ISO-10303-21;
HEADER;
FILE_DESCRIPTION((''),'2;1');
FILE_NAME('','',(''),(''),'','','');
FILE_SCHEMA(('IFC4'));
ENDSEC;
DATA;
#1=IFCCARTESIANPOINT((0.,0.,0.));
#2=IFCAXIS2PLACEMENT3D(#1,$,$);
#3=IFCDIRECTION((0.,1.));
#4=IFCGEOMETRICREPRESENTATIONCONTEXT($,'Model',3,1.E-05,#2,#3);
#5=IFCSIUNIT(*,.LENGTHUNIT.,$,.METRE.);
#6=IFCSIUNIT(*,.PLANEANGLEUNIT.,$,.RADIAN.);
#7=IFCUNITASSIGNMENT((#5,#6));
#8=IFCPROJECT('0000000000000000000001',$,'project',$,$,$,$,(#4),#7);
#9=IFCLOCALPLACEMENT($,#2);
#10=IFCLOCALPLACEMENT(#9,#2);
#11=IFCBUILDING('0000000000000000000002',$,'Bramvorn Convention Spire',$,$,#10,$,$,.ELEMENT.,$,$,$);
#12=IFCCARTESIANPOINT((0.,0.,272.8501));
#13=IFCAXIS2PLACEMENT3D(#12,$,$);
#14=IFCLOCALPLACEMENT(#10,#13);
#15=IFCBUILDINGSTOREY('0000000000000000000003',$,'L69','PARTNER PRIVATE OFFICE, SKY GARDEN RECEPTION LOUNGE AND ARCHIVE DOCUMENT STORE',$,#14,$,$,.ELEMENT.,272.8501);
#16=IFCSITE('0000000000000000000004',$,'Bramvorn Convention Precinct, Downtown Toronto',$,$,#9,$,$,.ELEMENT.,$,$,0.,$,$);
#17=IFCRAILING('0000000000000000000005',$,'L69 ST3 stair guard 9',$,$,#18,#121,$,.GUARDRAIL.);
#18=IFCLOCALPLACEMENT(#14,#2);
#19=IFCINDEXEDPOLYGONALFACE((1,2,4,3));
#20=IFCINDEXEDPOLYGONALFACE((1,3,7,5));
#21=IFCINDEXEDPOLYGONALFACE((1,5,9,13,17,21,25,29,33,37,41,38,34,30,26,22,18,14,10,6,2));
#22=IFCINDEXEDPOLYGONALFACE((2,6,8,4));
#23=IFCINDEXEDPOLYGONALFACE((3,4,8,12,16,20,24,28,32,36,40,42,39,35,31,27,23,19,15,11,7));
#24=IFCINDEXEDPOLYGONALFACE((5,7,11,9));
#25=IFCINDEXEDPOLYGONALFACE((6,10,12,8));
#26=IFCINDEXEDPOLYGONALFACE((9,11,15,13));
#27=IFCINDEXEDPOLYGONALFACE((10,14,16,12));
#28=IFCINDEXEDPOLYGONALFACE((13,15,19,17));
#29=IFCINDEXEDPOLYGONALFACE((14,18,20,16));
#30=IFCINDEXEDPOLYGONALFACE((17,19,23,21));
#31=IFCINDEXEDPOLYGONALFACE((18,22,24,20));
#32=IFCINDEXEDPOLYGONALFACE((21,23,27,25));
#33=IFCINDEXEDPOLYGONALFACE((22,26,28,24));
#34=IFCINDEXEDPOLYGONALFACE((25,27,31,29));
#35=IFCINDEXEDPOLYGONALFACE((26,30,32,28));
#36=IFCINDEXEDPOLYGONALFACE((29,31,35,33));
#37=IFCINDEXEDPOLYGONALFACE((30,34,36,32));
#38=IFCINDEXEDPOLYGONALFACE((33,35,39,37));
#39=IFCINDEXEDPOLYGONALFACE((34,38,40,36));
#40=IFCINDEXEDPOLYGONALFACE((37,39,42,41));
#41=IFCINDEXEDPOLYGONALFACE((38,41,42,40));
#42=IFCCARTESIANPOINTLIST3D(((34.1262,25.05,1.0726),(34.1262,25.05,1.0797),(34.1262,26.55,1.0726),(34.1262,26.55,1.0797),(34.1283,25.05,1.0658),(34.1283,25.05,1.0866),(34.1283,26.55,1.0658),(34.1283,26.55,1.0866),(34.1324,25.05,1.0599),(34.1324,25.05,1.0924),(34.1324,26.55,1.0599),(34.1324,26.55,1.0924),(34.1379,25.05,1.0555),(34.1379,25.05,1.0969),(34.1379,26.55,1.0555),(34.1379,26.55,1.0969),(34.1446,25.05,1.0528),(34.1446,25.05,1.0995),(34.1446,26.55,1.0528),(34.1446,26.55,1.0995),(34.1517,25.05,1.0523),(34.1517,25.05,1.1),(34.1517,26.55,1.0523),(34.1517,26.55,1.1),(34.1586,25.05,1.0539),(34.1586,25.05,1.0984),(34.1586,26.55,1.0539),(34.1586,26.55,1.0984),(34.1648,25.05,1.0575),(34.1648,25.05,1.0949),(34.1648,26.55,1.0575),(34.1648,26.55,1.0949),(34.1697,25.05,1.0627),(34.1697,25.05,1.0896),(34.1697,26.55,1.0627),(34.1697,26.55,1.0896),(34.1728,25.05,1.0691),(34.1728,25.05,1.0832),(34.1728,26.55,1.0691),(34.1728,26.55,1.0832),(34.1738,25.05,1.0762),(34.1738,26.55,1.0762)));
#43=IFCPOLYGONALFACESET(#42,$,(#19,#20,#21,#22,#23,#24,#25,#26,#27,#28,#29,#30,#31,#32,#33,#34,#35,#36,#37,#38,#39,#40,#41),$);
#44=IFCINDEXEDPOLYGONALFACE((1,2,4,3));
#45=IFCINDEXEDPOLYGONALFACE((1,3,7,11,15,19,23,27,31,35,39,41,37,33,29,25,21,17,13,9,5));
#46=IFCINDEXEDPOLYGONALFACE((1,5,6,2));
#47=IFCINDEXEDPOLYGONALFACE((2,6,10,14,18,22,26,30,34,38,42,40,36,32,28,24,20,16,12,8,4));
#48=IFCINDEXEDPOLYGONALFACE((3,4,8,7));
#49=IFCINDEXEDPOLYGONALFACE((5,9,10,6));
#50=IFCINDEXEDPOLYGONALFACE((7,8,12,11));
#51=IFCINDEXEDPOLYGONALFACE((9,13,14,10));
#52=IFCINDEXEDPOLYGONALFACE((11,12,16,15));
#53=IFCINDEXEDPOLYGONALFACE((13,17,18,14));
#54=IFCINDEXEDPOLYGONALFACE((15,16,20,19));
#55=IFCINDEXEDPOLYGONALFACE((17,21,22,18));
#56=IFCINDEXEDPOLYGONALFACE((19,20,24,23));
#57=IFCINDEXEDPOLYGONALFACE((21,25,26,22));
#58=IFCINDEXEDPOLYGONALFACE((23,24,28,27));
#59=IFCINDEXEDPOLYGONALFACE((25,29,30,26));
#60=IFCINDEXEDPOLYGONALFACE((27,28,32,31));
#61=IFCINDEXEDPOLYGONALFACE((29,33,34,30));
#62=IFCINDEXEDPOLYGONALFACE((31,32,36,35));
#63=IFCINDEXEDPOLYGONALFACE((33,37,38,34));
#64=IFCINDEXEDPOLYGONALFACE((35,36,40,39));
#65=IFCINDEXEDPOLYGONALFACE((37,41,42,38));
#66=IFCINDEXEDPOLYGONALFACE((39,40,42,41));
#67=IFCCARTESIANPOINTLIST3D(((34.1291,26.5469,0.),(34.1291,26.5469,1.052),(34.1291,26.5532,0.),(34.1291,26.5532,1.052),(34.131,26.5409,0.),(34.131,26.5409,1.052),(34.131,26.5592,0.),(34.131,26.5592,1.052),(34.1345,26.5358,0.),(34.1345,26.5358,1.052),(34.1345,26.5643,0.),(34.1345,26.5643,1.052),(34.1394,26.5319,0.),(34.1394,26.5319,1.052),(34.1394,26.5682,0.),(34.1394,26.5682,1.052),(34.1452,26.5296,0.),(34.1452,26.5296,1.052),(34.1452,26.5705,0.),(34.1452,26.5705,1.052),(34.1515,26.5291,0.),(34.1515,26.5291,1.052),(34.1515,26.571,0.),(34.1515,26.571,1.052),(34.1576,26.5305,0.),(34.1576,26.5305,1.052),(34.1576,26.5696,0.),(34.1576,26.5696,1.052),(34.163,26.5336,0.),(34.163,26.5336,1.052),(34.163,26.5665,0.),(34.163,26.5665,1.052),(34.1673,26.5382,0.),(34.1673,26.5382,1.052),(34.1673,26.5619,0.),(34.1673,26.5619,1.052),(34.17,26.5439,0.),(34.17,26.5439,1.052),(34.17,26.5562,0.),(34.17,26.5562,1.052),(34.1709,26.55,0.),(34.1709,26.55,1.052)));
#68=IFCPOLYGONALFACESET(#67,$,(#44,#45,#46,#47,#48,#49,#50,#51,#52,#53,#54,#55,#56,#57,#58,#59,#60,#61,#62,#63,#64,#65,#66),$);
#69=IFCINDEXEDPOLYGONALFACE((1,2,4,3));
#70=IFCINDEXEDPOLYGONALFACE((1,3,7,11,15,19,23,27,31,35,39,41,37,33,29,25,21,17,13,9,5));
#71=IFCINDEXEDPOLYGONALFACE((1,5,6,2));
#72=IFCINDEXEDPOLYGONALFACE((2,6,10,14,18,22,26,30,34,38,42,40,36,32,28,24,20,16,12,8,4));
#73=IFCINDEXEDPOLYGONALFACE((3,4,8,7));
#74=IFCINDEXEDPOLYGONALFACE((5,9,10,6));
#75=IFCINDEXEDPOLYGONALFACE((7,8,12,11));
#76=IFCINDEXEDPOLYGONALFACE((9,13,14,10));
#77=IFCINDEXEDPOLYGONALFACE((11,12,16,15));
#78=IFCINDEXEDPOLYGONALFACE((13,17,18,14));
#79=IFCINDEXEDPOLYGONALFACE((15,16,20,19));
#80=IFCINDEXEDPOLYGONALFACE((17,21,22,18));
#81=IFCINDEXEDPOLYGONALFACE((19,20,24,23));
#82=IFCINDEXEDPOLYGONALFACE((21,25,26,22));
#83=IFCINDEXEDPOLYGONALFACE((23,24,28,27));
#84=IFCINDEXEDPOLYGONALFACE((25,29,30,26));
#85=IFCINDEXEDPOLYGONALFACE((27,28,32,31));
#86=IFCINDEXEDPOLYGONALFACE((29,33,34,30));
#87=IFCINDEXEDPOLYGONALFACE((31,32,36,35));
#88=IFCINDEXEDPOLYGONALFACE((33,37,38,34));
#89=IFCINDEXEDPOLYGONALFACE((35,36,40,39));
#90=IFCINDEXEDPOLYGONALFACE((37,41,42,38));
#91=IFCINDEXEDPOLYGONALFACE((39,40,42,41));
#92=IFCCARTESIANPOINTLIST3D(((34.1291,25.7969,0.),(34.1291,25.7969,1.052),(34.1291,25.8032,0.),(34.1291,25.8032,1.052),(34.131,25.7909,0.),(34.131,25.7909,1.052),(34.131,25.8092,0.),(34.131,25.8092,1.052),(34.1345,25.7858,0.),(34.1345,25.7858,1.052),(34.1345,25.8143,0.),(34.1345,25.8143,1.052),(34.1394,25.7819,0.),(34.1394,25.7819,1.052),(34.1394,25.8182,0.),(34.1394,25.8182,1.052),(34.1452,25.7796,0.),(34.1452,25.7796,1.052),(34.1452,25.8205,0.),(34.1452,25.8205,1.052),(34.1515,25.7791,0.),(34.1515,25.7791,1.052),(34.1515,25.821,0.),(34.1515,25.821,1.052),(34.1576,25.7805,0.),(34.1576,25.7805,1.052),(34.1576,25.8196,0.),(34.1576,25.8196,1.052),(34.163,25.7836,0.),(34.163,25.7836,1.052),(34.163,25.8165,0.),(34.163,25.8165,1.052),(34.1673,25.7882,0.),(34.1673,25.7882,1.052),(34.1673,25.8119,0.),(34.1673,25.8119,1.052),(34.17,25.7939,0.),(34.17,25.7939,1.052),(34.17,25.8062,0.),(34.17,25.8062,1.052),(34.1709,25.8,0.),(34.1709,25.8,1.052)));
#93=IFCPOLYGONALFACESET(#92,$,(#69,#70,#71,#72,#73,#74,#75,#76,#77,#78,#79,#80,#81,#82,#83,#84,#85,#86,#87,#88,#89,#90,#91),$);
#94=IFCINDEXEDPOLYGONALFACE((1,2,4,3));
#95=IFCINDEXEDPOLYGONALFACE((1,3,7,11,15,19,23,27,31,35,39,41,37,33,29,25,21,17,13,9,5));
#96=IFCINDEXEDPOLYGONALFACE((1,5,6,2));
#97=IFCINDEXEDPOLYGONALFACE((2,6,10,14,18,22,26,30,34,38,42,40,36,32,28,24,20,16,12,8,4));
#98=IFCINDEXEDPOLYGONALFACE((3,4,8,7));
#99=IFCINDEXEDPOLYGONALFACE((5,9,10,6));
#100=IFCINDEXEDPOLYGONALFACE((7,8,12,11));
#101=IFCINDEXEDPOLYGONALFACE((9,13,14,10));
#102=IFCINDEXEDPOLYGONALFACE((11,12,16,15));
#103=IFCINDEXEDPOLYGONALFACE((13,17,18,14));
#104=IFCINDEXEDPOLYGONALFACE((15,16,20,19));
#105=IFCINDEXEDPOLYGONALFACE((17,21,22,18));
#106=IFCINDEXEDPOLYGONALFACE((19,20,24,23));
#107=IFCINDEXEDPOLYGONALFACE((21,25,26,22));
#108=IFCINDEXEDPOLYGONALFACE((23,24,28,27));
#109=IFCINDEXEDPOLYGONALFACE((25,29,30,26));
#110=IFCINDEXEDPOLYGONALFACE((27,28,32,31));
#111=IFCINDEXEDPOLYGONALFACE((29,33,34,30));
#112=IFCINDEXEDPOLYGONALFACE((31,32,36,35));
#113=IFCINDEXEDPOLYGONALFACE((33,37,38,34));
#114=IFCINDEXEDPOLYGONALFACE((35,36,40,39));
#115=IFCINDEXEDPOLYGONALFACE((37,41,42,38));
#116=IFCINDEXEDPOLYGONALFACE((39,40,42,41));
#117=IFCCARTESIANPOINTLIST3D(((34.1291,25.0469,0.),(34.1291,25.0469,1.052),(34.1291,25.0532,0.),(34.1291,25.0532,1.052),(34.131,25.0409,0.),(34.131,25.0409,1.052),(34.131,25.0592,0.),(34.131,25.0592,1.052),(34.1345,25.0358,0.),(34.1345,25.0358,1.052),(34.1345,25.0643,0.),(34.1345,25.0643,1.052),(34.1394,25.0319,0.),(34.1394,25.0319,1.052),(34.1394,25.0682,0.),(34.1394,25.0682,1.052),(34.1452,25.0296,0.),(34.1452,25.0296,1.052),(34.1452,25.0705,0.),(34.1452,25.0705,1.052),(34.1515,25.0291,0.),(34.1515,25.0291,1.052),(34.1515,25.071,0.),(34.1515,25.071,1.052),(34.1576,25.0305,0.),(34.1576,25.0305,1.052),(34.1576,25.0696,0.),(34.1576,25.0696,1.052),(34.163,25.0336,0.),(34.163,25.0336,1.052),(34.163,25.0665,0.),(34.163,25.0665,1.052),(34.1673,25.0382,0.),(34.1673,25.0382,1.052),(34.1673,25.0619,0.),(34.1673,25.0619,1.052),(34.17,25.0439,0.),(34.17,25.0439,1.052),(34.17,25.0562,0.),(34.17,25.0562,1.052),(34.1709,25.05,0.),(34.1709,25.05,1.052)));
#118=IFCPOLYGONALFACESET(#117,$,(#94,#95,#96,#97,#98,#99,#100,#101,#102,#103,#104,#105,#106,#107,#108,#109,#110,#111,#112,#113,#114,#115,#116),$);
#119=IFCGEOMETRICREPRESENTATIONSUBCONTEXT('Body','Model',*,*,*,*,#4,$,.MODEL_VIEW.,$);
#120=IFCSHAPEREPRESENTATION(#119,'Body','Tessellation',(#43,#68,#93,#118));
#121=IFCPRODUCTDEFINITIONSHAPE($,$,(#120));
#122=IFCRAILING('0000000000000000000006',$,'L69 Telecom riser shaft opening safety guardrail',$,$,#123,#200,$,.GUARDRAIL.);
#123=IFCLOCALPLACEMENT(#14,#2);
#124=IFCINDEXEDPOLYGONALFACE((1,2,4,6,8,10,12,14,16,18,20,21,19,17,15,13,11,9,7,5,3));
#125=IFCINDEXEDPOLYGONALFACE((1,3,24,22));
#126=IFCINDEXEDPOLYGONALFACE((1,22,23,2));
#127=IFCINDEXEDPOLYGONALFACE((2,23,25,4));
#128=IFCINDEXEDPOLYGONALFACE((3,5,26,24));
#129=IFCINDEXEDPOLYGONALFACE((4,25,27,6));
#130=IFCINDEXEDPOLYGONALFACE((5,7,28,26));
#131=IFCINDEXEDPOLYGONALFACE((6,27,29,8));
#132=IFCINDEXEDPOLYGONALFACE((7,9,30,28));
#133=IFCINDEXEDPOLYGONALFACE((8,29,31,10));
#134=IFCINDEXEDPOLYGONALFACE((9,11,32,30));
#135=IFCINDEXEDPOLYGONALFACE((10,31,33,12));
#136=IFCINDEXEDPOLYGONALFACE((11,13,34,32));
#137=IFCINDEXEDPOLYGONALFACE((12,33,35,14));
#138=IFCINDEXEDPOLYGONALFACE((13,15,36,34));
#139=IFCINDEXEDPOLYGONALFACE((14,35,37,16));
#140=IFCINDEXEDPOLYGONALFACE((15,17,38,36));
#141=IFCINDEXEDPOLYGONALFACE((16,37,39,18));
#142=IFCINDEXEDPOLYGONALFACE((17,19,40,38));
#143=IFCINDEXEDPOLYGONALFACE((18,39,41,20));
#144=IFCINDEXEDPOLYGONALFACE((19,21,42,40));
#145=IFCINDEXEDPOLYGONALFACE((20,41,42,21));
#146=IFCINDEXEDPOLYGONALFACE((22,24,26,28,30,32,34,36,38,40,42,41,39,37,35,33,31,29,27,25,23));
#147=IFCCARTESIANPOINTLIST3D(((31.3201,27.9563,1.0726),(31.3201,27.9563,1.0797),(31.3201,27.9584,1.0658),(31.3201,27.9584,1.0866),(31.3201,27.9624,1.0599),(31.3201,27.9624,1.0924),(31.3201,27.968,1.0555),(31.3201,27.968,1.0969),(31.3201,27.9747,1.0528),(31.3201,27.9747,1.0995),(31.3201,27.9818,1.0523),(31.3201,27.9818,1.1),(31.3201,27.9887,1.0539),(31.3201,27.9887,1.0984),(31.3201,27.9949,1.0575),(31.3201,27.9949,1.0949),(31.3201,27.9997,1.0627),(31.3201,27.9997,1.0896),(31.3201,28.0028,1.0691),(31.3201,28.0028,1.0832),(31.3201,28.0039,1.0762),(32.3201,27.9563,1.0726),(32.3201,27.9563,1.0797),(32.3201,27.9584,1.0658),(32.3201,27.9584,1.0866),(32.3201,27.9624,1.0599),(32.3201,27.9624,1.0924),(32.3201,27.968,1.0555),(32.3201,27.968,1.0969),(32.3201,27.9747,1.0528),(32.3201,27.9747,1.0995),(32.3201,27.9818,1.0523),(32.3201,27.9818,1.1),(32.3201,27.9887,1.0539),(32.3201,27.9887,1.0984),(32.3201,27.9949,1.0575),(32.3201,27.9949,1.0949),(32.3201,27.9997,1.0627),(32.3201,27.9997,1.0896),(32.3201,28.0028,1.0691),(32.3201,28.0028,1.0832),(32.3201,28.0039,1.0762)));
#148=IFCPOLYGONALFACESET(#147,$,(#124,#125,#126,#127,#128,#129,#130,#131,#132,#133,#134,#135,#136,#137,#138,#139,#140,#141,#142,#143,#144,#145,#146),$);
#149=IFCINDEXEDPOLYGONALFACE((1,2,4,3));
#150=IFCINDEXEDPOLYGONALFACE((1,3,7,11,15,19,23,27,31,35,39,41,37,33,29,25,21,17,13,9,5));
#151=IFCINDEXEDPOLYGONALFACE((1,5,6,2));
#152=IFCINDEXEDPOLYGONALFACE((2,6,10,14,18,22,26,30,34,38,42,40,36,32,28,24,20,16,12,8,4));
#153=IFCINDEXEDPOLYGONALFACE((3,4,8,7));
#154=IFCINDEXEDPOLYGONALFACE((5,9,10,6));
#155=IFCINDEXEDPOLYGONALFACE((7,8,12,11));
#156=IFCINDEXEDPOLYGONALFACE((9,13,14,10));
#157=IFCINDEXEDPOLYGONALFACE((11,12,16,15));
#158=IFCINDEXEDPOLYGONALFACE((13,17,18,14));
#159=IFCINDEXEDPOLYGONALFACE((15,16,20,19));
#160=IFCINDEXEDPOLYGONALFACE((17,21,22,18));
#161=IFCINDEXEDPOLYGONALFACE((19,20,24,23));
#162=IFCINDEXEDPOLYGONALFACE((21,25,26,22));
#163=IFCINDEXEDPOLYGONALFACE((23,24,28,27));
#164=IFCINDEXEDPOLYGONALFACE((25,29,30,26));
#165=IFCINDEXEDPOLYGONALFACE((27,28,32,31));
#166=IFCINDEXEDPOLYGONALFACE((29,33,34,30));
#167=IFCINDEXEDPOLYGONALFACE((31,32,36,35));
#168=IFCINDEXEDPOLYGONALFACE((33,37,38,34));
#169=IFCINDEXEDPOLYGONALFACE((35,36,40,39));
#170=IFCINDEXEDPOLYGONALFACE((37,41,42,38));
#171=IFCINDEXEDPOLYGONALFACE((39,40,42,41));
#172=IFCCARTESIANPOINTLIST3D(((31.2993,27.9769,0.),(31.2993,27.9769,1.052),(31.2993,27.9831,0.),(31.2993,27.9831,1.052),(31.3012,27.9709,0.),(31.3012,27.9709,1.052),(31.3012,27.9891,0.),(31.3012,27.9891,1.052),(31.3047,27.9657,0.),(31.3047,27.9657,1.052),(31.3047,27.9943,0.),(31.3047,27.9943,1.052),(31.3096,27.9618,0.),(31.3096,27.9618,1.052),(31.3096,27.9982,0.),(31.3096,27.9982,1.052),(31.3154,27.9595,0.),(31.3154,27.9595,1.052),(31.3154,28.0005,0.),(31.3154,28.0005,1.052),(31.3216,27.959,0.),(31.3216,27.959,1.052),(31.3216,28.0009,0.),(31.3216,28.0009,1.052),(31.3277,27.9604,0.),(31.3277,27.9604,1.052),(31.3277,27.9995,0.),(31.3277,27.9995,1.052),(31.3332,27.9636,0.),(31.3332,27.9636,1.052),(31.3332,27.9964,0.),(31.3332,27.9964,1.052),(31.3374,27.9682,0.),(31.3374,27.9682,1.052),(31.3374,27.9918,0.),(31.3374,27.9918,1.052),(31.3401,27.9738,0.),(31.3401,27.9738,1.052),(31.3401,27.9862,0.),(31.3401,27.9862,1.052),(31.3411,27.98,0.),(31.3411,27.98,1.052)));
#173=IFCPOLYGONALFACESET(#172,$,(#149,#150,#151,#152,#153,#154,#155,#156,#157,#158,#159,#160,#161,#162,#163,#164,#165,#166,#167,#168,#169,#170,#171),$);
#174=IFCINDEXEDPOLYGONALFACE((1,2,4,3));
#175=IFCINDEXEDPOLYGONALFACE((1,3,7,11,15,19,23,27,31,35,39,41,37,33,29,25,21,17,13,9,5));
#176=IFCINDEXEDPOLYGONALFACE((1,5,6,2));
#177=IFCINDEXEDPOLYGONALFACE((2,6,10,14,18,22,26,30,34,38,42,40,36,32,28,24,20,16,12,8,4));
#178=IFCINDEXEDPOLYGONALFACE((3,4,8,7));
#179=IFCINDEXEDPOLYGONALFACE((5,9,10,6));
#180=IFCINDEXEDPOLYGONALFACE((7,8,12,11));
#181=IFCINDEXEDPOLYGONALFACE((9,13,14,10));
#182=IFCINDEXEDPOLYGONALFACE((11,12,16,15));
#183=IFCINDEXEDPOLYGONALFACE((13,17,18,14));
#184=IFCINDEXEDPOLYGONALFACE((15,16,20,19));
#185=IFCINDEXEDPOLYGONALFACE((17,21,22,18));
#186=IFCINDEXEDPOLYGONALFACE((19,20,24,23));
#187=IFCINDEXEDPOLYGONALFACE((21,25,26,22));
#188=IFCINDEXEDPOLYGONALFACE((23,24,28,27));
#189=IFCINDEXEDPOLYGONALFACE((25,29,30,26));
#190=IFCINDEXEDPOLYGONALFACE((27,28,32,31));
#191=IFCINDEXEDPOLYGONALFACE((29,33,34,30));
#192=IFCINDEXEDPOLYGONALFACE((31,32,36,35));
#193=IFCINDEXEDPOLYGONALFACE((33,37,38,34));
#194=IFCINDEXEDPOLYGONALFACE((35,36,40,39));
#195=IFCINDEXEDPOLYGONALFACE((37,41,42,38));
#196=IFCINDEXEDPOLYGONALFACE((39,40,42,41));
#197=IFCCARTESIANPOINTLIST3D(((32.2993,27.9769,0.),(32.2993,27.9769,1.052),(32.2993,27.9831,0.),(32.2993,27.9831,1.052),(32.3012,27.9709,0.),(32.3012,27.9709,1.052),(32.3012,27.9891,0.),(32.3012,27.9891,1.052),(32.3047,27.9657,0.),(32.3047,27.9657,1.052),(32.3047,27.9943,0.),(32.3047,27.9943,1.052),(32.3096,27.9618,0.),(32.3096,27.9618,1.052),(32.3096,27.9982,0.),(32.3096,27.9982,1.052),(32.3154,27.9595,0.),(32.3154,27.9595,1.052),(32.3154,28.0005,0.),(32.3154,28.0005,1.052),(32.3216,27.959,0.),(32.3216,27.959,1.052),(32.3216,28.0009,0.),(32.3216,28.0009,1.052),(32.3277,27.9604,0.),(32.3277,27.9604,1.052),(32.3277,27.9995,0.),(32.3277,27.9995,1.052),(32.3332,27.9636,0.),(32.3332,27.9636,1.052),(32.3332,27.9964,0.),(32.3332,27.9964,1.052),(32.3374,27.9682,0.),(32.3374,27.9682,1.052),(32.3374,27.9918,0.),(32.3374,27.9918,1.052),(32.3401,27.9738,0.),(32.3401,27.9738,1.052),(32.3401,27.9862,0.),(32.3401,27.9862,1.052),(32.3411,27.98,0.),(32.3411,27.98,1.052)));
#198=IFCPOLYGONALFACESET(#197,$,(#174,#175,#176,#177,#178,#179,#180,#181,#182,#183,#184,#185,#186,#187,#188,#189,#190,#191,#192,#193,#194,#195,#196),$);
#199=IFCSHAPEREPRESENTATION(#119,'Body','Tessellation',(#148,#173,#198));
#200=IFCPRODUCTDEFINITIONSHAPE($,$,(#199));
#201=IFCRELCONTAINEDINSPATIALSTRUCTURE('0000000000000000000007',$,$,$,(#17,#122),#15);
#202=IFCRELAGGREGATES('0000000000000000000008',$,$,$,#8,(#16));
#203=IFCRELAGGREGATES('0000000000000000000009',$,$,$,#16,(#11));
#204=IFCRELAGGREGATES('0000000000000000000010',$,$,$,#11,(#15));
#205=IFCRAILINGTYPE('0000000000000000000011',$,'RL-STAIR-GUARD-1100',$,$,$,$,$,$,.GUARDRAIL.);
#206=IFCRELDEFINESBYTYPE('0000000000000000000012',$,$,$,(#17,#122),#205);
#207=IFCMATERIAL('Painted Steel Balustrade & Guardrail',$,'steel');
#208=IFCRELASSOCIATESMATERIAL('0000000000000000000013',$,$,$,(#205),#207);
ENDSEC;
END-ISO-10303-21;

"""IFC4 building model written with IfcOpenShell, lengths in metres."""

from ifc_helpers import new_model, si_unit, direction, frame, origin, origin_2d, place, context, subcontext, project, spatial, circle, extrude, material, type_object, element, save


model = new_model("IFC4")

# Units and contexts
model_context = context("Model", 3, precision=1e-05, world=origin(), true_north=direction((0.0, 1.0)))
body_context = subcontext(model_context, "Body", "Model", "MODEL_VIEW")
ifc_project = project(units=[si_unit("LENGTHUNIT", "METRE"), si_unit("PLANEANGLEUNIT", "RADIAN")], contexts=[model_context])

# Site, building, storey
site_placement = place(None, origin())
site = spatial("IfcSite", under=ifc_project, at=site_placement, Name="Bramvorn Convention Precinct, Downtown Toronto", CompositionType="ELEMENT", RefElevation=0.0)
building_placement = place(site_placement, origin())
building = spatial("IfcBuilding", under=site, at=building_placement, Name="Bramvorn Convention Spire", CompositionType="ELEMENT")
storey_placement = place(building_placement, frame((0.0, 0.0, 272.8501)))
storey = spatial("IfcBuildingStorey", under=building, at=storey_placement, Name="L69", Description="PARTNER PRIVATE OFFICE, SKY GARDEN RECEPTION LOUNGE AND ARCHIVE DOCUMENT STORE", CompositionType="ELEMENT", Elevation=272.8501)

# Railings
ifc_material_1 = material(Name="Painted Steel Balustrade & Guardrail", Category="steel")
railing_type_1 = type_object("IfcRailingType", Name="RL-STAIR-GUARD-1100", PredefinedType="GUARDRAIL", material=ifc_material_1)
for number, where, name in (
    (1, (34.1499, 26.55, 0.0), "L69 ST3 stair guard 9"),
):
    element("IfcRailing", number, at=place(storey_placement, frame(where)), inside=storey, type_object=railing_type_1, Name=name, PredefinedType="GUARDRAIL", context=body_context, shape_type="SweptSolid", body=[
        extrude(circle(Radius=0.0239, at=origin_2d()), frame((0.0, 0.0, 1.0762), z_axis=(0.0, -1.0, 0.0), x_axis=(1.0, 0.0, 0.0)), (0.0, 0.0, 1.0), 1.5),
        extrude(circle(Radius=0.021, at=origin_2d()), origin(), (0.0, 0.0, 1.0), 1.052),
        extrude(circle(Radius=0.021, at=origin_2d()), frame((0.0, -0.75, 0.0)), (0.0, 0.0, 1.0), 1.052),
        extrude(circle(Radius=0.021, at=origin_2d()), frame((0.0, -1.5, 0.0)), (0.0, 0.0, 1.0), 1.052),
    ])
railing_1_placement = place(storey_placement, frame((31.3201, 27.98, 0.0)))
element("IfcRailing", 2, at=railing_1_placement, inside=storey, type_object=railing_type_1, Name="L69 Telecom riser shaft opening safety guardrail", PredefinedType="GUARDRAIL", context=body_context, shape_type="SweptSolid", body=[
    extrude(circle(Radius=0.0239, at=origin_2d()), frame((0.0, 0.0, 1.0762), z_axis=(1.0, 0.0, 0.0), x_axis=(0.0, 1.0, 0.0)), (0.0, 0.0, 1.0), 1.0),
    extrude(circle(Radius=0.021, at=origin_2d()), origin(), (0.0, 0.0, 1.0), 1.052),
    extrude(circle(Radius=0.021, at=origin_2d()), frame((1.0, 0.0, 0.0)), (0.0, 0.0, 1.0), 1.052),
])

save(model, "model.ifc")
